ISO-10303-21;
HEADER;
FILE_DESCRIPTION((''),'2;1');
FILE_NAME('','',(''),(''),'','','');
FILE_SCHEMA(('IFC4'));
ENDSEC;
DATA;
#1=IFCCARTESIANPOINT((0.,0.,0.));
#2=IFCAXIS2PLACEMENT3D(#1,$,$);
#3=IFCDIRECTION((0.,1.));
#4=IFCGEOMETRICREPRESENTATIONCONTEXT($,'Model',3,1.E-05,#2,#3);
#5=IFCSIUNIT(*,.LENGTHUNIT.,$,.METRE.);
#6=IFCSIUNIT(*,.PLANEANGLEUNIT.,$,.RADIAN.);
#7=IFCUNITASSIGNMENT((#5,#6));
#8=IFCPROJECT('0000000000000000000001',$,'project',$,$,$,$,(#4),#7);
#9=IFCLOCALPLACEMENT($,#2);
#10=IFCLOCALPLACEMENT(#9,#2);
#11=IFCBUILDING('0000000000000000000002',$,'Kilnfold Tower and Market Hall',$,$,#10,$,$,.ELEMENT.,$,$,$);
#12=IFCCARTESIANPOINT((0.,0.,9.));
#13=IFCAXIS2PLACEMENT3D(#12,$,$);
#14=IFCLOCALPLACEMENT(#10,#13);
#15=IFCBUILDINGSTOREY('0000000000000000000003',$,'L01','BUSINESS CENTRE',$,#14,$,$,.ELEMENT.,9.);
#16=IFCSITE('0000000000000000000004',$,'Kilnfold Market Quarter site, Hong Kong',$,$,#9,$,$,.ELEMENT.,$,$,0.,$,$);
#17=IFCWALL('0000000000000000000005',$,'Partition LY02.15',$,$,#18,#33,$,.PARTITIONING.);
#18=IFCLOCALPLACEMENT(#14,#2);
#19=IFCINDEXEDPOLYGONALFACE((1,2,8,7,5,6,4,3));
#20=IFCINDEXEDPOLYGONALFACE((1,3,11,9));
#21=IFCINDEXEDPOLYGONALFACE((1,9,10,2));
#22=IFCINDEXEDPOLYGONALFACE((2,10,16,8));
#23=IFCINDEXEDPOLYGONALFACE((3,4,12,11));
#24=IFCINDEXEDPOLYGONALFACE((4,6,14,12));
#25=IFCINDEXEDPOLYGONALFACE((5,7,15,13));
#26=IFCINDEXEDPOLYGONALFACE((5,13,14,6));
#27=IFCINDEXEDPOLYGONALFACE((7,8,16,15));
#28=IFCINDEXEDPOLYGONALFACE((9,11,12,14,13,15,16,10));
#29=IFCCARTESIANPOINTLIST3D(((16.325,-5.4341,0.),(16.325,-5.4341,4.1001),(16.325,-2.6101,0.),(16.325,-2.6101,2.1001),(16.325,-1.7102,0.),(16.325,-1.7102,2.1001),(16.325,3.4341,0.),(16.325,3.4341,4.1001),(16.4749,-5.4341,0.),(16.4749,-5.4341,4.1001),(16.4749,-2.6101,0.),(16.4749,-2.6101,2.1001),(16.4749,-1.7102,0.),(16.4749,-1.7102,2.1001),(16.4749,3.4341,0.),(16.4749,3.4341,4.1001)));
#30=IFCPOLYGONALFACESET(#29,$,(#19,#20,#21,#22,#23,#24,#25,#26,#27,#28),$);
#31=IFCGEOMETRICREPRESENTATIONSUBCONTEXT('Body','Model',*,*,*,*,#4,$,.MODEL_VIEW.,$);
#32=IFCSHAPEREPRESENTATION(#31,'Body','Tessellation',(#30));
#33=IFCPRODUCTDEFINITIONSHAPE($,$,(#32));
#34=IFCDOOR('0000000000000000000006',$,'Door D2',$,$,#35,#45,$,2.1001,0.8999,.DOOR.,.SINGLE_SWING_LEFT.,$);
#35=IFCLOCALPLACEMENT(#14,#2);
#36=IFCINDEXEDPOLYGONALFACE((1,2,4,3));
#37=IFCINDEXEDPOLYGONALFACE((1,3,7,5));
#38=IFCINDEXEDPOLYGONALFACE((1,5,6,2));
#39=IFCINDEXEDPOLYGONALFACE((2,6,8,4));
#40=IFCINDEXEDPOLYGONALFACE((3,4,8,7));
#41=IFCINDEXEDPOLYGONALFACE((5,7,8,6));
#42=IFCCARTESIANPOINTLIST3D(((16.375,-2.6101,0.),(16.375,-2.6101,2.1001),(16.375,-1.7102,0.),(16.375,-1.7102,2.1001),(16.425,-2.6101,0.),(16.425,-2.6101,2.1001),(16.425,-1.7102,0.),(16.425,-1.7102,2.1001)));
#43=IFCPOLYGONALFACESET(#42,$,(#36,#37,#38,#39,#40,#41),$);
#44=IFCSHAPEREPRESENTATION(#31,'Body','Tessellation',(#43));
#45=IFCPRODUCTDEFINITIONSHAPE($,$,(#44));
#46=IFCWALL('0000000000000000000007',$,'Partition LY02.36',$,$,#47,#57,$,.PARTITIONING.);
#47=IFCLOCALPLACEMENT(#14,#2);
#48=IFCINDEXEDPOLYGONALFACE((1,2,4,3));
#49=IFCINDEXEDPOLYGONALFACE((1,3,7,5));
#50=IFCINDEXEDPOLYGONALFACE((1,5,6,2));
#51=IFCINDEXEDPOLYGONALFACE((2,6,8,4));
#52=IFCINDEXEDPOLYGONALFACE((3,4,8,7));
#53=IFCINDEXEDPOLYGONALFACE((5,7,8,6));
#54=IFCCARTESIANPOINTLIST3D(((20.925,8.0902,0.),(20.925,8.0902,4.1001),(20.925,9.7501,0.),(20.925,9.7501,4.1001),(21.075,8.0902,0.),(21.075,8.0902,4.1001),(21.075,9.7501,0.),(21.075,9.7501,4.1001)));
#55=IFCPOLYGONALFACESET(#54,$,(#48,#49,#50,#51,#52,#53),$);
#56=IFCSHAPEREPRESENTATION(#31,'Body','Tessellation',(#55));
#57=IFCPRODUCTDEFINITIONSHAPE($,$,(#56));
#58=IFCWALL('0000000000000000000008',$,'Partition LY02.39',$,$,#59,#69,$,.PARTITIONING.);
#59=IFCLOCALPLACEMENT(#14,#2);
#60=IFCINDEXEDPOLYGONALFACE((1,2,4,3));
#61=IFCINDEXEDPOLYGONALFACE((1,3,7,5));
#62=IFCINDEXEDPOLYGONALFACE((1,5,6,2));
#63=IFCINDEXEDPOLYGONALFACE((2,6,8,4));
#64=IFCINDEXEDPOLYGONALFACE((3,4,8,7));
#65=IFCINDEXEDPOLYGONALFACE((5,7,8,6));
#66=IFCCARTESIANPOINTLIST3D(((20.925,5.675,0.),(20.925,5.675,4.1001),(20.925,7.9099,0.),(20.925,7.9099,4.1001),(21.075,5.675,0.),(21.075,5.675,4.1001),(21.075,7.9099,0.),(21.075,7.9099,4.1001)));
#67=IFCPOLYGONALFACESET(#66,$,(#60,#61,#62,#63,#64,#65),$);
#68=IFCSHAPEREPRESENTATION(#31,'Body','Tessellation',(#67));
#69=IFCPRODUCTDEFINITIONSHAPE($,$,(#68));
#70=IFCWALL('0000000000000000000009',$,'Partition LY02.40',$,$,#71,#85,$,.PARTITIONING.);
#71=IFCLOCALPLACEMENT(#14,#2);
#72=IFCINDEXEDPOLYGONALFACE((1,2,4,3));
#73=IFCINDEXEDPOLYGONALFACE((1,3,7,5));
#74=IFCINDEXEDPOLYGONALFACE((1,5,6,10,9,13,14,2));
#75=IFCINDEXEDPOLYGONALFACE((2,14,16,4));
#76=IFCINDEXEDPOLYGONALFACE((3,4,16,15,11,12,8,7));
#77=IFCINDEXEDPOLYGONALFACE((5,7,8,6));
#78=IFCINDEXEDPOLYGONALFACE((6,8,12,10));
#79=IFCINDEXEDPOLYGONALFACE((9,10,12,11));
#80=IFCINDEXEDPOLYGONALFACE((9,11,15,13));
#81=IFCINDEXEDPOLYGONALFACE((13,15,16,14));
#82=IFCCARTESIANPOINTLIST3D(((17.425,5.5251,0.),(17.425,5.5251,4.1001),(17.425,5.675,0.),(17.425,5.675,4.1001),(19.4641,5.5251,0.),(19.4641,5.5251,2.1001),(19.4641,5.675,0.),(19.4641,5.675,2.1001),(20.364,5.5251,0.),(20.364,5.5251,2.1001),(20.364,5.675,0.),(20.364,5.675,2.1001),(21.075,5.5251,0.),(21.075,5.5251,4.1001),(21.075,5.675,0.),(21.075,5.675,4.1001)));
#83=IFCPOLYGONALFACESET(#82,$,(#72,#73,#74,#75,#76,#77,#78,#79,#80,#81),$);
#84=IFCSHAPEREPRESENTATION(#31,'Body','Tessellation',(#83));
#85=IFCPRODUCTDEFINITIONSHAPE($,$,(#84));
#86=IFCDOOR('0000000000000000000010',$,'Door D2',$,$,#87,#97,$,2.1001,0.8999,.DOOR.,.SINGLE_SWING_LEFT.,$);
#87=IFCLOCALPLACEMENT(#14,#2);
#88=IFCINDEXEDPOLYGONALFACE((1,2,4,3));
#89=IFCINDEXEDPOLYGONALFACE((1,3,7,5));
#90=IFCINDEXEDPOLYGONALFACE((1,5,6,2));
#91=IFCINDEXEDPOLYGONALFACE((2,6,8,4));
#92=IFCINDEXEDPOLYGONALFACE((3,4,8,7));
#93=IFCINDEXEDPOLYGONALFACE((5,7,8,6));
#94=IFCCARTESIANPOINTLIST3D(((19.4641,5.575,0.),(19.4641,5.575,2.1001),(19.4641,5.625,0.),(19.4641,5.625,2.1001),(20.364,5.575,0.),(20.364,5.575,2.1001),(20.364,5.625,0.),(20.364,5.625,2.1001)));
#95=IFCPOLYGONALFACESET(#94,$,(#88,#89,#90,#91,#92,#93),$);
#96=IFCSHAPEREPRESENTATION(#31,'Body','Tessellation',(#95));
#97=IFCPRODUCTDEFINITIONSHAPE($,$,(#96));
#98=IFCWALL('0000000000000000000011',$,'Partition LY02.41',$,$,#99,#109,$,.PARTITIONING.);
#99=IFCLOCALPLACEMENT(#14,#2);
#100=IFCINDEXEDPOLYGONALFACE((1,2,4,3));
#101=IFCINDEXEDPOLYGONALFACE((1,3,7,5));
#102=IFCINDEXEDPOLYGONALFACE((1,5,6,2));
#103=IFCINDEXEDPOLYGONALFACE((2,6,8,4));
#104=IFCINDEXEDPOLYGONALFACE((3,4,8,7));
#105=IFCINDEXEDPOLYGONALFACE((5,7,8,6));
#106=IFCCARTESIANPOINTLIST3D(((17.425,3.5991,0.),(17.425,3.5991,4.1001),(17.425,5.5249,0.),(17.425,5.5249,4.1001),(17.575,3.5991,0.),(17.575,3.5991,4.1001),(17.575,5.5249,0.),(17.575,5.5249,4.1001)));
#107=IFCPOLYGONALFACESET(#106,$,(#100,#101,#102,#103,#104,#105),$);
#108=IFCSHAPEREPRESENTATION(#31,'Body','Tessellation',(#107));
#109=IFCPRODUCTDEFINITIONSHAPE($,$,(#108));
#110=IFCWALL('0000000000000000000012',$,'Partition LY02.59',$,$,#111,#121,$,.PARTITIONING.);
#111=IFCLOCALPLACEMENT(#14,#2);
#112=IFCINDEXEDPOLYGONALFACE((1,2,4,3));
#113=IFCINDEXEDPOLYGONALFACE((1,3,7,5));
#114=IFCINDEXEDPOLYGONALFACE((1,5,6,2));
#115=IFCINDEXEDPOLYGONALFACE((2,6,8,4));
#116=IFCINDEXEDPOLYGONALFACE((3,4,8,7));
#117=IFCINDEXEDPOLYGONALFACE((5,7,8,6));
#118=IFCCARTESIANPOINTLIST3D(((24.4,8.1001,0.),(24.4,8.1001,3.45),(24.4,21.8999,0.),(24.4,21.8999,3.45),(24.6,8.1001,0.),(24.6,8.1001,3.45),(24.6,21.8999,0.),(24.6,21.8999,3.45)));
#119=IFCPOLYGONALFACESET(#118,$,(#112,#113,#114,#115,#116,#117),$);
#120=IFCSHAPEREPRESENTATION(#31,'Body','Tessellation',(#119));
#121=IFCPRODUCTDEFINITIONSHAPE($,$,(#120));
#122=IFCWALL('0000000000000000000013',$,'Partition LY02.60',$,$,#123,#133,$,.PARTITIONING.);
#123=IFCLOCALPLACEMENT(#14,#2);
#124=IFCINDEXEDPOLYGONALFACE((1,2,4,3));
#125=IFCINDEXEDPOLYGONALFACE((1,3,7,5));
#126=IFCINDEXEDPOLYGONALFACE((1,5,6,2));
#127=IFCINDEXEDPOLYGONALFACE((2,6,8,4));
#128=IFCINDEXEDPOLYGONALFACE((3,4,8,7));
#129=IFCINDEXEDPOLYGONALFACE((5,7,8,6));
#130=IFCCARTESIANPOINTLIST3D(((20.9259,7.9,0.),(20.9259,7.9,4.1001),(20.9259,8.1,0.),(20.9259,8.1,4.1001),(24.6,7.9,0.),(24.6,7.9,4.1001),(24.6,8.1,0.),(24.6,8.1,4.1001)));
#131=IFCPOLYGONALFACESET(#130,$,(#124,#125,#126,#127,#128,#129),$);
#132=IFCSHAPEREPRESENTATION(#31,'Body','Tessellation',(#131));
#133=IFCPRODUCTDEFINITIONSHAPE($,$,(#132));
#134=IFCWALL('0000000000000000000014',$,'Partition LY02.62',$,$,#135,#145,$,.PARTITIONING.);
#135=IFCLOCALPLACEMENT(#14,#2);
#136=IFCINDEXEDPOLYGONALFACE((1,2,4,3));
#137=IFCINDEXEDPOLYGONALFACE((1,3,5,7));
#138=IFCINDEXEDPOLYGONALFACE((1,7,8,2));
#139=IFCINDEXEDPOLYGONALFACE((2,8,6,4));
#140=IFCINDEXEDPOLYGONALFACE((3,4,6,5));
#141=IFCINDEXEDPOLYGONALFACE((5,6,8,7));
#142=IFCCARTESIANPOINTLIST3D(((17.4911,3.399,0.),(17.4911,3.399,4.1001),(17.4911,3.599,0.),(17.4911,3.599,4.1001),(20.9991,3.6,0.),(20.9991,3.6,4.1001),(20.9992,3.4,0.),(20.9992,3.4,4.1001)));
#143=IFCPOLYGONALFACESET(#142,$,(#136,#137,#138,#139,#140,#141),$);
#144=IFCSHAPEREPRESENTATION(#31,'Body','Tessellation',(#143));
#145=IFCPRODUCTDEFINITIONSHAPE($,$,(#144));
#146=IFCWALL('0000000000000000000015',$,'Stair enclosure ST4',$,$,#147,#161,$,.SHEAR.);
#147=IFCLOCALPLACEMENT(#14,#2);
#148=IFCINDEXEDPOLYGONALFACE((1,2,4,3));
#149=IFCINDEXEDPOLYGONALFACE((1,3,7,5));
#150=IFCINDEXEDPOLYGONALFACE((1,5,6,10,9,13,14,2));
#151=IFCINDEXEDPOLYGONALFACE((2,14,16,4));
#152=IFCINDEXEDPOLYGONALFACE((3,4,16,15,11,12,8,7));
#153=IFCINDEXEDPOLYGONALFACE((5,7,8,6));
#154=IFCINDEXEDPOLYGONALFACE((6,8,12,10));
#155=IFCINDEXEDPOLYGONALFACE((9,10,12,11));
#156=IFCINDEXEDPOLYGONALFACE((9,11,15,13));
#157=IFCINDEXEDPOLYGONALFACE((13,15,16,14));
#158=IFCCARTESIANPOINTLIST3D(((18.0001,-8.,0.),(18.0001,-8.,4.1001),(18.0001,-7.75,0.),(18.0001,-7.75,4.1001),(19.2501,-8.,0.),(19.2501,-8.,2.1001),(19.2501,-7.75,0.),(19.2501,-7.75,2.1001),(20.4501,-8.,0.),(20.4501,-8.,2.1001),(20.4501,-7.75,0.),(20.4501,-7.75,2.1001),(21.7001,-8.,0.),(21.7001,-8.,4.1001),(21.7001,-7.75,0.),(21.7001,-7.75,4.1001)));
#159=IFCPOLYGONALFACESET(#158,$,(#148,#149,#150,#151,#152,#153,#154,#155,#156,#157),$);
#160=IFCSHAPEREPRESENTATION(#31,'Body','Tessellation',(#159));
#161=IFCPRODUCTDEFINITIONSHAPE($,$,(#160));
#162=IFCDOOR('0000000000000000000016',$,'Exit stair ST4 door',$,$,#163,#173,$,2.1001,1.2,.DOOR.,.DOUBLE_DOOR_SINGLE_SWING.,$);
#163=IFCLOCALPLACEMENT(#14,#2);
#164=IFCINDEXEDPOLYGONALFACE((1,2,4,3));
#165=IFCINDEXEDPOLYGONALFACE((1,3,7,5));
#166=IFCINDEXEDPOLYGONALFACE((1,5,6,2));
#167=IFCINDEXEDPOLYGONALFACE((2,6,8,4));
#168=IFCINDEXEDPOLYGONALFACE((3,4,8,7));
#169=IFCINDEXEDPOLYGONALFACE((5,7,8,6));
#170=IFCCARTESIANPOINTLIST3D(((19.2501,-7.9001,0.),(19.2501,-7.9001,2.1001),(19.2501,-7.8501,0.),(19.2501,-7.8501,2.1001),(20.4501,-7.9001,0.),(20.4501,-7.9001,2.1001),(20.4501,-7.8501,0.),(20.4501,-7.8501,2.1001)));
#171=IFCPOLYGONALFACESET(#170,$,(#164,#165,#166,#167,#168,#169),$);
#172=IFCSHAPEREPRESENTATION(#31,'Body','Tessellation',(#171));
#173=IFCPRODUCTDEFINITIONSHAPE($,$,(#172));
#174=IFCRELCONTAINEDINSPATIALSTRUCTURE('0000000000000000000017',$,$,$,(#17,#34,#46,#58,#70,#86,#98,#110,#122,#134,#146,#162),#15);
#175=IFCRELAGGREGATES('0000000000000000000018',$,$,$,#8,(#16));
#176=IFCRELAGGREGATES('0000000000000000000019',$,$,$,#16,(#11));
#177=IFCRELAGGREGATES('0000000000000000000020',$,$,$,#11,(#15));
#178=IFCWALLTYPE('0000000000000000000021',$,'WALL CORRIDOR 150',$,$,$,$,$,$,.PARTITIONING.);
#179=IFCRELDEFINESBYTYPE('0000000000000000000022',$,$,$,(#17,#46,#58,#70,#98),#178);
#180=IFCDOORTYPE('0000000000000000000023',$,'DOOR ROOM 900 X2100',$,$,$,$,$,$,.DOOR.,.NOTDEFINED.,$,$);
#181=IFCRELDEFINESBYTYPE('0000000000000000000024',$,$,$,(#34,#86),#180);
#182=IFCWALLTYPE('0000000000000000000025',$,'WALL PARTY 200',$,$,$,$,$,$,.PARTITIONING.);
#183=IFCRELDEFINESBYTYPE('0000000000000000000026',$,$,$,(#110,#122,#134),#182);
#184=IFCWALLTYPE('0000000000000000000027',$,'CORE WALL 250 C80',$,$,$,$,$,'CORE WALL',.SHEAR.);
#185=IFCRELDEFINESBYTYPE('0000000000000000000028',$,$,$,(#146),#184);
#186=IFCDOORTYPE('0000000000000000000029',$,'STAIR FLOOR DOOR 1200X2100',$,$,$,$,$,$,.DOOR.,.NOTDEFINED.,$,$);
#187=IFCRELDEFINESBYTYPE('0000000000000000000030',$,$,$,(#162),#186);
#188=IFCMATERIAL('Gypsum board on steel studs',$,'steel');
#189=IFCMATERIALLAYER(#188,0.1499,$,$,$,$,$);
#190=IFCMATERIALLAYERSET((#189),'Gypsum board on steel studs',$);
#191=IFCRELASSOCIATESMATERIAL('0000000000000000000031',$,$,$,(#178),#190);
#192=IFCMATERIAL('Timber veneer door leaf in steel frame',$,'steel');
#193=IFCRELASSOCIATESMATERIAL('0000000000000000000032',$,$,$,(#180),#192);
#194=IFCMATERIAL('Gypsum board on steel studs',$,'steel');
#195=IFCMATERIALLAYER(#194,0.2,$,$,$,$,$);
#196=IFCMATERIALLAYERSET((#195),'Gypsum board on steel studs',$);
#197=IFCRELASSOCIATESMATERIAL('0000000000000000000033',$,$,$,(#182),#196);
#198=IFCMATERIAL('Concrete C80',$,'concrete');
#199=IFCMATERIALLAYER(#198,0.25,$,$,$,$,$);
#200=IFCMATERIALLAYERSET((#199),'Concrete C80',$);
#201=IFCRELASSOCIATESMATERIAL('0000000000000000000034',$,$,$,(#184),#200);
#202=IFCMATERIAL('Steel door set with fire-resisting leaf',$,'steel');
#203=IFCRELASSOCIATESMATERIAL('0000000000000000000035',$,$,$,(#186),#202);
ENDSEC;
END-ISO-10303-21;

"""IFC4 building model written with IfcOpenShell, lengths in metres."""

from ifc_helpers import new_model, si_unit, direction, frame, frame_2d, origin, place, context, subcontext, project, spatial, rectangle, extrude, source, transform, mapped, material, layer, layer_set, type_object, element, fill, save


model = new_model("IFC4")

# Units and contexts
model_context = context("Model", 3, precision=1e-05, world=origin(), true_north=direction((0.0, 1.0)))
body_context = subcontext(model_context, "Body", "Model", "MODEL_VIEW")
ifc_project = project(units=[si_unit("LENGTHUNIT", "METRE"), si_unit("PLANEANGLEUNIT", "RADIAN")], contexts=[model_context])

# Site, building, storey
site_placement = place(None, origin())
site = spatial("IfcSite", under=ifc_project, at=site_placement, Name="Kilnfold Market Quarter site, Hong Kong", CompositionType="ELEMENT", RefElevation=0.0)
building_placement = place(site_placement, origin())
building = spatial("IfcBuilding", under=site, at=building_placement, Name="Kilnfold Tower and Market Hall", CompositionType="ELEMENT")
storey_placement = place(building_placement, frame((0.0, 0.0, 9.0)))
storey = spatial("IfcBuildingStorey", under=building, at=storey_placement, Name="L01", Description="BUSINESS CENTRE", CompositionType="ELEMENT", Elevation=9.0)

# Shared definitions
ifc_material_1 = material(Name="Gypsum board on steel studs", Category="steel")
ifc_layer_1 = layer(ifc_material_1, 0.1499)
ifc_layer_set_1 = layer_set([ifc_layer_1], Name="Gypsum board on steel studs")
wall_type_1 = type_object("IfcWallType", Name="WALL CORRIDOR 150", PredefinedType="PARTITIONING", material=ifc_layer_set_1)
ifc_material_2 = material(Name="Timber veneer door leaf in steel frame", Category="steel")
door_type_1 = type_object("IfcDoorType", Name="DOOR ROOM 900 X2100", OperationType="NOTDEFINED", PredefinedType="DOOR", material=ifc_material_2)

# Wall, opening, door
wall_1_placement = place(storey_placement, frame((16.3999, -5.4341, 0.0), z_axis=(0.0, 0.0, 1.0), x_axis=(0.0, 1.0, 0.0)))
wall_1 = element("IfcWall", 1, at=wall_1_placement, inside=storey, type_object=wall_type_1, Name="Partition LY02.15", PredefinedType="PARTITIONING", context=body_context, shape_type="SweptSolid", body=[
    extrude(rectangle(XDim=8.8682, YDim=0.1499, at=frame_2d((4.4341, 0.0))), origin(), (0.0, 0.0, 1.0), 4.1001),
])
opening_1_placement = place(wall_1_placement, frame((2.824, 0.0, 0.0)))
opening_1 = element("IfcOpeningElement", 2, at=opening_1_placement, cuts=wall_1, PredefinedType="OPENING", context=body_context, shape_type="SweptSolid", body=[
    extrude(rectangle(XDim=0.8999, YDim=2.1001, at=frame_2d((0.45, 1.05))), frame((0.0, 0.085, 0.0), z_axis=(0.0, -1.0, 0.0), x_axis=(1.0, 0.0, 0.0)), (0.0, 0.0, 1.0), 0.1699),
])
door_1_placement = place(opening_1_placement, origin())
door_1 = element("IfcDoor", 3, at=door_1_placement, inside=storey, type_object=door_type_1, Name="Door D2", OperationType="SINGLE_SWING_LEFT", OverallHeight=2.1001, OverallWidth=0.8999, PredefinedType="DOOR", context=body_context, shape_type="SweptSolid", body=[
    extrude(rectangle(XDim=0.8999, YDim=2.1001, at=frame_2d((0.45, 1.05))), frame((0.0, 0.0249, 0.0), z_axis=(0.0, -1.0, 0.0), x_axis=(1.0, 0.0, 0.0)), (0.0, 0.0, 1.0), 0.05),
])
fill(opening_1, door_1)

# Walls
wall_2_placement = place(storey_placement, frame((21.0, 8.0901, 0.0), z_axis=(0.0, 0.0, 1.0), x_axis=(0.0, 1.0, 0.0)))
element("IfcWall", 4, at=wall_2_placement, inside=storey, type_object=wall_type_1, Name="Partition LY02.36", PredefinedType="PARTITIONING", context=body_context, shape_type="SweptSolid", body=[
    extrude(rectangle(XDim=1.6599, YDim=0.1499, at=frame_2d((0.8301, 0.0))), origin(), (0.0, 0.0, 1.0), 4.1001),
])
wall_3_placement = place(storey_placement, frame((21.0, 5.675, 0.0), z_axis=(0.0, 0.0, 1.0), x_axis=(0.0, 1.0, 0.0)))
element("IfcWall", 5, at=wall_3_placement, inside=storey, type_object=wall_type_1, Name="Partition LY02.39", PredefinedType="PARTITIONING", context=body_context, shape_type="SweptSolid", body=[
    extrude(rectangle(XDim=2.2349, YDim=0.1499, at=frame_2d((1.1174, 0.0))), origin(), (0.0, 0.0, 1.0), 4.1001),
])

# Wall, opening, door
wall_4_placement = place(storey_placement, frame((17.425, 5.6001, 0.0), z_axis=(0.0, 0.0, 1.0), x_axis=(1.0, 0.0, 0.0)))
wall_4 = element("IfcWall", 6, at=wall_4_placement, inside=storey, type_object=wall_type_1, Name="Partition LY02.40", PredefinedType="PARTITIONING", context=body_context, shape_type="SweptSolid", body=[
    extrude(rectangle(XDim=3.6499, YDim=0.1499, at=frame_2d((1.825, 0.0))), origin(), (0.0, 0.0, 1.0), 4.1001),
])
opening_2_placement = place(wall_4_placement, frame((2.0391, 0.0, 0.0)))
opening_2 = element("IfcOpeningElement", 7, at=opening_2_placement, cuts=wall_4, PredefinedType="OPENING", context=body_context, shape_type="SweptSolid", body=[
    extrude(rectangle(XDim=0.8999, YDim=2.1001, at=frame_2d((0.45, 1.05))), frame((0.0, 0.085, 0.0), z_axis=(0.0, -1.0, 0.0), x_axis=(1.0, 0.0, 0.0)), (0.0, 0.0, 1.0), 0.1699),
])
door_2_placement = place(opening_2_placement, origin())
door_2 = element("IfcDoor", 8, at=door_2_placement, inside=storey, type_object=door_type_1, Name="Door D2", OperationType="SINGLE_SWING_LEFT", OverallHeight=2.1001, OverallWidth=0.8999, PredefinedType="DOOR", context=body_context, shape_type="SweptSolid", body=[
    extrude(rectangle(XDim=0.8999, YDim=2.1001, at=frame_2d((0.45, 1.05))), frame((0.0, 0.0249, 0.0), z_axis=(0.0, -1.0, 0.0), x_axis=(1.0, 0.0, 0.0)), (0.0, 0.0, 1.0), 0.05),
])
fill(opening_2, door_2)

# Walls
wall_5_placement = place(storey_placement, frame((17.5, 3.5991, 0.0), z_axis=(0.0, 0.0, 1.0), x_axis=(0.0, 1.0, 0.0)))
element("IfcWall", 9, at=wall_5_placement, inside=storey, type_object=wall_type_1, Name="Partition LY02.41", PredefinedType="PARTITIONING", context=body_context, shape_type="SweptSolid", body=[
    extrude(rectangle(XDim=1.9258, YDim=0.1499, at=frame_2d((0.9629, 0.0))), origin(), (0.0, 0.0, 1.0), 4.1001),
])
ifc_material_3 = material(Name="Gypsum board on steel studs", Category="steel")
ifc_layer_2 = layer(ifc_material_3, 0.2)
ifc_layer_set_2 = layer_set([ifc_layer_2], Name="Gypsum board on steel studs")
wall_type_2 = type_object("IfcWallType", Name="WALL PARTY 200", PredefinedType="PARTITIONING", material=ifc_layer_set_2)
wall_6_placement = place(storey_placement, frame((24.5, 8.1001, 0.0), z_axis=(0.0, 0.0, 1.0), x_axis=(0.0, 1.0, 0.0)))
element("IfcWall", 10, at=wall_6_placement, inside=storey, type_object=wall_type_2, Name="Partition LY02.59", PredefinedType="PARTITIONING", context=body_context, shape_type="SweptSolid", body=[
    extrude(rectangle(XDim=13.7998, YDim=0.2, at=frame_2d((6.8999, 0.0))), origin(), (0.0, 0.0, 1.0), 3.45),
])
wall_7_placement = place(storey_placement, frame((20.926, 8.0, 0.0), z_axis=(0.0, 0.0, 1.0), x_axis=(1.0, 0.0, 0.0)))
element("IfcWall", 11, at=wall_7_placement, inside=storey, type_object=wall_type_2, Name="Partition LY02.60", PredefinedType="PARTITIONING", context=body_context, shape_type="SweptSolid", body=[
    extrude(rectangle(XDim=3.6741, YDim=0.2, at=frame_2d((1.8369, 0.0))), origin(), (0.0, 0.0, 1.0), 4.1001),
])
wall_8_placement = place(storey_placement, frame((20.999, 3.5, 0.0), z_axis=(0.0, 0.0, 1.0), x_axis=(-1.0, -0.000278, 0.0)))
element("IfcWall", 12, at=wall_8_placement, inside=storey, type_object=wall_type_2, Name="Partition LY02.62", PredefinedType="PARTITIONING", context=body_context, shape_type="SweptSolid", body=[
    extrude(rectangle(XDim=3.5081, YDim=0.2, at=frame_2d((1.7539, 0.0))), origin(), (0.0, 0.0, 1.0), 4.1001),
])

# Wall, opening, door
ifc_material_4 = material(Name="Concrete C80", Category="concrete")
ifc_layer_3 = layer(ifc_material_4, 0.25)
ifc_layer_set_3 = layer_set([ifc_layer_3], Name="Concrete C80")
wall_type_3 = type_object("IfcWallType", Name="CORE WALL 250 C80", ElementType="CORE WALL", PredefinedType="SHEAR", material=ifc_layer_set_3)
shared_shape_1 = source(origin(), body_context, "Body", "SweptSolid", [
    extrude(rectangle(XDim=3.7, YDim=0.25, at=frame_2d((1.8501, 0.0))), origin(), (0.0, 0.0, 1.0), 4.1001),
])
wall_9_placement = place(storey_placement, frame((18.0, -7.875, 0.0), z_axis=(0.0, 0.0, 1.0), x_axis=(1.0, 0.0, 0.0)))
wall_9 = element("IfcWall", 13, at=wall_9_placement, inside=storey, type_object=wall_type_3, Name="Stair enclosure ST4", PredefinedType="SHEAR", context=body_context, shape_type="MappedRepresentation", body=[
    mapped(shared_shape_1, transform((0.0, 0.0, 0.0))),
])
opening_3_placement = place(wall_9_placement, frame((1.25, 0.0, 0.0)))
opening_3 = element("IfcOpeningElement", 14, at=opening_3_placement, cuts=wall_9, PredefinedType="OPENING", context=body_context, shape_type="SweptSolid", body=[
    extrude(rectangle(XDim=1.2, YDim=2.1001, at=frame_2d((0.6001, 1.05))), frame((0.0, 0.135, 0.0), z_axis=(0.0, -1.0, 0.0), x_axis=(1.0, 0.0, 0.0)), (0.0, 0.0, 1.0), 0.27),
])
ifc_material_5 = material(Name="Steel door set with fire-resisting leaf", Category="steel")
door_type_2 = type_object("IfcDoorType", Name="STAIR FLOOR DOOR 1200X2100", OperationType="NOTDEFINED", PredefinedType="DOOR", material=ifc_material_5)
door_3_placement = place(opening_3_placement, origin())
door_3 = element("IfcDoor", 15, at=door_3_placement, inside=storey, type_object=door_type_2, Name="Exit stair ST4 door", OperationType="DOUBLE_DOOR_SINGLE_SWING", OverallHeight=2.1001, OverallWidth=1.2, PredefinedType="DOOR", context=body_context, shape_type="SweptSolid", body=[
    extrude(rectangle(XDim=1.2, YDim=2.1001, at=frame_2d((0.6001, 1.05))), frame((0.0, 0.0249, 0.0), z_axis=(0.0, -1.0, 0.0), x_axis=(1.0, 0.0, 0.0)), (0.0, 0.0, 1.0), 0.05),
])
fill(opening_3, door_3)

save(model, "model.ifc")
